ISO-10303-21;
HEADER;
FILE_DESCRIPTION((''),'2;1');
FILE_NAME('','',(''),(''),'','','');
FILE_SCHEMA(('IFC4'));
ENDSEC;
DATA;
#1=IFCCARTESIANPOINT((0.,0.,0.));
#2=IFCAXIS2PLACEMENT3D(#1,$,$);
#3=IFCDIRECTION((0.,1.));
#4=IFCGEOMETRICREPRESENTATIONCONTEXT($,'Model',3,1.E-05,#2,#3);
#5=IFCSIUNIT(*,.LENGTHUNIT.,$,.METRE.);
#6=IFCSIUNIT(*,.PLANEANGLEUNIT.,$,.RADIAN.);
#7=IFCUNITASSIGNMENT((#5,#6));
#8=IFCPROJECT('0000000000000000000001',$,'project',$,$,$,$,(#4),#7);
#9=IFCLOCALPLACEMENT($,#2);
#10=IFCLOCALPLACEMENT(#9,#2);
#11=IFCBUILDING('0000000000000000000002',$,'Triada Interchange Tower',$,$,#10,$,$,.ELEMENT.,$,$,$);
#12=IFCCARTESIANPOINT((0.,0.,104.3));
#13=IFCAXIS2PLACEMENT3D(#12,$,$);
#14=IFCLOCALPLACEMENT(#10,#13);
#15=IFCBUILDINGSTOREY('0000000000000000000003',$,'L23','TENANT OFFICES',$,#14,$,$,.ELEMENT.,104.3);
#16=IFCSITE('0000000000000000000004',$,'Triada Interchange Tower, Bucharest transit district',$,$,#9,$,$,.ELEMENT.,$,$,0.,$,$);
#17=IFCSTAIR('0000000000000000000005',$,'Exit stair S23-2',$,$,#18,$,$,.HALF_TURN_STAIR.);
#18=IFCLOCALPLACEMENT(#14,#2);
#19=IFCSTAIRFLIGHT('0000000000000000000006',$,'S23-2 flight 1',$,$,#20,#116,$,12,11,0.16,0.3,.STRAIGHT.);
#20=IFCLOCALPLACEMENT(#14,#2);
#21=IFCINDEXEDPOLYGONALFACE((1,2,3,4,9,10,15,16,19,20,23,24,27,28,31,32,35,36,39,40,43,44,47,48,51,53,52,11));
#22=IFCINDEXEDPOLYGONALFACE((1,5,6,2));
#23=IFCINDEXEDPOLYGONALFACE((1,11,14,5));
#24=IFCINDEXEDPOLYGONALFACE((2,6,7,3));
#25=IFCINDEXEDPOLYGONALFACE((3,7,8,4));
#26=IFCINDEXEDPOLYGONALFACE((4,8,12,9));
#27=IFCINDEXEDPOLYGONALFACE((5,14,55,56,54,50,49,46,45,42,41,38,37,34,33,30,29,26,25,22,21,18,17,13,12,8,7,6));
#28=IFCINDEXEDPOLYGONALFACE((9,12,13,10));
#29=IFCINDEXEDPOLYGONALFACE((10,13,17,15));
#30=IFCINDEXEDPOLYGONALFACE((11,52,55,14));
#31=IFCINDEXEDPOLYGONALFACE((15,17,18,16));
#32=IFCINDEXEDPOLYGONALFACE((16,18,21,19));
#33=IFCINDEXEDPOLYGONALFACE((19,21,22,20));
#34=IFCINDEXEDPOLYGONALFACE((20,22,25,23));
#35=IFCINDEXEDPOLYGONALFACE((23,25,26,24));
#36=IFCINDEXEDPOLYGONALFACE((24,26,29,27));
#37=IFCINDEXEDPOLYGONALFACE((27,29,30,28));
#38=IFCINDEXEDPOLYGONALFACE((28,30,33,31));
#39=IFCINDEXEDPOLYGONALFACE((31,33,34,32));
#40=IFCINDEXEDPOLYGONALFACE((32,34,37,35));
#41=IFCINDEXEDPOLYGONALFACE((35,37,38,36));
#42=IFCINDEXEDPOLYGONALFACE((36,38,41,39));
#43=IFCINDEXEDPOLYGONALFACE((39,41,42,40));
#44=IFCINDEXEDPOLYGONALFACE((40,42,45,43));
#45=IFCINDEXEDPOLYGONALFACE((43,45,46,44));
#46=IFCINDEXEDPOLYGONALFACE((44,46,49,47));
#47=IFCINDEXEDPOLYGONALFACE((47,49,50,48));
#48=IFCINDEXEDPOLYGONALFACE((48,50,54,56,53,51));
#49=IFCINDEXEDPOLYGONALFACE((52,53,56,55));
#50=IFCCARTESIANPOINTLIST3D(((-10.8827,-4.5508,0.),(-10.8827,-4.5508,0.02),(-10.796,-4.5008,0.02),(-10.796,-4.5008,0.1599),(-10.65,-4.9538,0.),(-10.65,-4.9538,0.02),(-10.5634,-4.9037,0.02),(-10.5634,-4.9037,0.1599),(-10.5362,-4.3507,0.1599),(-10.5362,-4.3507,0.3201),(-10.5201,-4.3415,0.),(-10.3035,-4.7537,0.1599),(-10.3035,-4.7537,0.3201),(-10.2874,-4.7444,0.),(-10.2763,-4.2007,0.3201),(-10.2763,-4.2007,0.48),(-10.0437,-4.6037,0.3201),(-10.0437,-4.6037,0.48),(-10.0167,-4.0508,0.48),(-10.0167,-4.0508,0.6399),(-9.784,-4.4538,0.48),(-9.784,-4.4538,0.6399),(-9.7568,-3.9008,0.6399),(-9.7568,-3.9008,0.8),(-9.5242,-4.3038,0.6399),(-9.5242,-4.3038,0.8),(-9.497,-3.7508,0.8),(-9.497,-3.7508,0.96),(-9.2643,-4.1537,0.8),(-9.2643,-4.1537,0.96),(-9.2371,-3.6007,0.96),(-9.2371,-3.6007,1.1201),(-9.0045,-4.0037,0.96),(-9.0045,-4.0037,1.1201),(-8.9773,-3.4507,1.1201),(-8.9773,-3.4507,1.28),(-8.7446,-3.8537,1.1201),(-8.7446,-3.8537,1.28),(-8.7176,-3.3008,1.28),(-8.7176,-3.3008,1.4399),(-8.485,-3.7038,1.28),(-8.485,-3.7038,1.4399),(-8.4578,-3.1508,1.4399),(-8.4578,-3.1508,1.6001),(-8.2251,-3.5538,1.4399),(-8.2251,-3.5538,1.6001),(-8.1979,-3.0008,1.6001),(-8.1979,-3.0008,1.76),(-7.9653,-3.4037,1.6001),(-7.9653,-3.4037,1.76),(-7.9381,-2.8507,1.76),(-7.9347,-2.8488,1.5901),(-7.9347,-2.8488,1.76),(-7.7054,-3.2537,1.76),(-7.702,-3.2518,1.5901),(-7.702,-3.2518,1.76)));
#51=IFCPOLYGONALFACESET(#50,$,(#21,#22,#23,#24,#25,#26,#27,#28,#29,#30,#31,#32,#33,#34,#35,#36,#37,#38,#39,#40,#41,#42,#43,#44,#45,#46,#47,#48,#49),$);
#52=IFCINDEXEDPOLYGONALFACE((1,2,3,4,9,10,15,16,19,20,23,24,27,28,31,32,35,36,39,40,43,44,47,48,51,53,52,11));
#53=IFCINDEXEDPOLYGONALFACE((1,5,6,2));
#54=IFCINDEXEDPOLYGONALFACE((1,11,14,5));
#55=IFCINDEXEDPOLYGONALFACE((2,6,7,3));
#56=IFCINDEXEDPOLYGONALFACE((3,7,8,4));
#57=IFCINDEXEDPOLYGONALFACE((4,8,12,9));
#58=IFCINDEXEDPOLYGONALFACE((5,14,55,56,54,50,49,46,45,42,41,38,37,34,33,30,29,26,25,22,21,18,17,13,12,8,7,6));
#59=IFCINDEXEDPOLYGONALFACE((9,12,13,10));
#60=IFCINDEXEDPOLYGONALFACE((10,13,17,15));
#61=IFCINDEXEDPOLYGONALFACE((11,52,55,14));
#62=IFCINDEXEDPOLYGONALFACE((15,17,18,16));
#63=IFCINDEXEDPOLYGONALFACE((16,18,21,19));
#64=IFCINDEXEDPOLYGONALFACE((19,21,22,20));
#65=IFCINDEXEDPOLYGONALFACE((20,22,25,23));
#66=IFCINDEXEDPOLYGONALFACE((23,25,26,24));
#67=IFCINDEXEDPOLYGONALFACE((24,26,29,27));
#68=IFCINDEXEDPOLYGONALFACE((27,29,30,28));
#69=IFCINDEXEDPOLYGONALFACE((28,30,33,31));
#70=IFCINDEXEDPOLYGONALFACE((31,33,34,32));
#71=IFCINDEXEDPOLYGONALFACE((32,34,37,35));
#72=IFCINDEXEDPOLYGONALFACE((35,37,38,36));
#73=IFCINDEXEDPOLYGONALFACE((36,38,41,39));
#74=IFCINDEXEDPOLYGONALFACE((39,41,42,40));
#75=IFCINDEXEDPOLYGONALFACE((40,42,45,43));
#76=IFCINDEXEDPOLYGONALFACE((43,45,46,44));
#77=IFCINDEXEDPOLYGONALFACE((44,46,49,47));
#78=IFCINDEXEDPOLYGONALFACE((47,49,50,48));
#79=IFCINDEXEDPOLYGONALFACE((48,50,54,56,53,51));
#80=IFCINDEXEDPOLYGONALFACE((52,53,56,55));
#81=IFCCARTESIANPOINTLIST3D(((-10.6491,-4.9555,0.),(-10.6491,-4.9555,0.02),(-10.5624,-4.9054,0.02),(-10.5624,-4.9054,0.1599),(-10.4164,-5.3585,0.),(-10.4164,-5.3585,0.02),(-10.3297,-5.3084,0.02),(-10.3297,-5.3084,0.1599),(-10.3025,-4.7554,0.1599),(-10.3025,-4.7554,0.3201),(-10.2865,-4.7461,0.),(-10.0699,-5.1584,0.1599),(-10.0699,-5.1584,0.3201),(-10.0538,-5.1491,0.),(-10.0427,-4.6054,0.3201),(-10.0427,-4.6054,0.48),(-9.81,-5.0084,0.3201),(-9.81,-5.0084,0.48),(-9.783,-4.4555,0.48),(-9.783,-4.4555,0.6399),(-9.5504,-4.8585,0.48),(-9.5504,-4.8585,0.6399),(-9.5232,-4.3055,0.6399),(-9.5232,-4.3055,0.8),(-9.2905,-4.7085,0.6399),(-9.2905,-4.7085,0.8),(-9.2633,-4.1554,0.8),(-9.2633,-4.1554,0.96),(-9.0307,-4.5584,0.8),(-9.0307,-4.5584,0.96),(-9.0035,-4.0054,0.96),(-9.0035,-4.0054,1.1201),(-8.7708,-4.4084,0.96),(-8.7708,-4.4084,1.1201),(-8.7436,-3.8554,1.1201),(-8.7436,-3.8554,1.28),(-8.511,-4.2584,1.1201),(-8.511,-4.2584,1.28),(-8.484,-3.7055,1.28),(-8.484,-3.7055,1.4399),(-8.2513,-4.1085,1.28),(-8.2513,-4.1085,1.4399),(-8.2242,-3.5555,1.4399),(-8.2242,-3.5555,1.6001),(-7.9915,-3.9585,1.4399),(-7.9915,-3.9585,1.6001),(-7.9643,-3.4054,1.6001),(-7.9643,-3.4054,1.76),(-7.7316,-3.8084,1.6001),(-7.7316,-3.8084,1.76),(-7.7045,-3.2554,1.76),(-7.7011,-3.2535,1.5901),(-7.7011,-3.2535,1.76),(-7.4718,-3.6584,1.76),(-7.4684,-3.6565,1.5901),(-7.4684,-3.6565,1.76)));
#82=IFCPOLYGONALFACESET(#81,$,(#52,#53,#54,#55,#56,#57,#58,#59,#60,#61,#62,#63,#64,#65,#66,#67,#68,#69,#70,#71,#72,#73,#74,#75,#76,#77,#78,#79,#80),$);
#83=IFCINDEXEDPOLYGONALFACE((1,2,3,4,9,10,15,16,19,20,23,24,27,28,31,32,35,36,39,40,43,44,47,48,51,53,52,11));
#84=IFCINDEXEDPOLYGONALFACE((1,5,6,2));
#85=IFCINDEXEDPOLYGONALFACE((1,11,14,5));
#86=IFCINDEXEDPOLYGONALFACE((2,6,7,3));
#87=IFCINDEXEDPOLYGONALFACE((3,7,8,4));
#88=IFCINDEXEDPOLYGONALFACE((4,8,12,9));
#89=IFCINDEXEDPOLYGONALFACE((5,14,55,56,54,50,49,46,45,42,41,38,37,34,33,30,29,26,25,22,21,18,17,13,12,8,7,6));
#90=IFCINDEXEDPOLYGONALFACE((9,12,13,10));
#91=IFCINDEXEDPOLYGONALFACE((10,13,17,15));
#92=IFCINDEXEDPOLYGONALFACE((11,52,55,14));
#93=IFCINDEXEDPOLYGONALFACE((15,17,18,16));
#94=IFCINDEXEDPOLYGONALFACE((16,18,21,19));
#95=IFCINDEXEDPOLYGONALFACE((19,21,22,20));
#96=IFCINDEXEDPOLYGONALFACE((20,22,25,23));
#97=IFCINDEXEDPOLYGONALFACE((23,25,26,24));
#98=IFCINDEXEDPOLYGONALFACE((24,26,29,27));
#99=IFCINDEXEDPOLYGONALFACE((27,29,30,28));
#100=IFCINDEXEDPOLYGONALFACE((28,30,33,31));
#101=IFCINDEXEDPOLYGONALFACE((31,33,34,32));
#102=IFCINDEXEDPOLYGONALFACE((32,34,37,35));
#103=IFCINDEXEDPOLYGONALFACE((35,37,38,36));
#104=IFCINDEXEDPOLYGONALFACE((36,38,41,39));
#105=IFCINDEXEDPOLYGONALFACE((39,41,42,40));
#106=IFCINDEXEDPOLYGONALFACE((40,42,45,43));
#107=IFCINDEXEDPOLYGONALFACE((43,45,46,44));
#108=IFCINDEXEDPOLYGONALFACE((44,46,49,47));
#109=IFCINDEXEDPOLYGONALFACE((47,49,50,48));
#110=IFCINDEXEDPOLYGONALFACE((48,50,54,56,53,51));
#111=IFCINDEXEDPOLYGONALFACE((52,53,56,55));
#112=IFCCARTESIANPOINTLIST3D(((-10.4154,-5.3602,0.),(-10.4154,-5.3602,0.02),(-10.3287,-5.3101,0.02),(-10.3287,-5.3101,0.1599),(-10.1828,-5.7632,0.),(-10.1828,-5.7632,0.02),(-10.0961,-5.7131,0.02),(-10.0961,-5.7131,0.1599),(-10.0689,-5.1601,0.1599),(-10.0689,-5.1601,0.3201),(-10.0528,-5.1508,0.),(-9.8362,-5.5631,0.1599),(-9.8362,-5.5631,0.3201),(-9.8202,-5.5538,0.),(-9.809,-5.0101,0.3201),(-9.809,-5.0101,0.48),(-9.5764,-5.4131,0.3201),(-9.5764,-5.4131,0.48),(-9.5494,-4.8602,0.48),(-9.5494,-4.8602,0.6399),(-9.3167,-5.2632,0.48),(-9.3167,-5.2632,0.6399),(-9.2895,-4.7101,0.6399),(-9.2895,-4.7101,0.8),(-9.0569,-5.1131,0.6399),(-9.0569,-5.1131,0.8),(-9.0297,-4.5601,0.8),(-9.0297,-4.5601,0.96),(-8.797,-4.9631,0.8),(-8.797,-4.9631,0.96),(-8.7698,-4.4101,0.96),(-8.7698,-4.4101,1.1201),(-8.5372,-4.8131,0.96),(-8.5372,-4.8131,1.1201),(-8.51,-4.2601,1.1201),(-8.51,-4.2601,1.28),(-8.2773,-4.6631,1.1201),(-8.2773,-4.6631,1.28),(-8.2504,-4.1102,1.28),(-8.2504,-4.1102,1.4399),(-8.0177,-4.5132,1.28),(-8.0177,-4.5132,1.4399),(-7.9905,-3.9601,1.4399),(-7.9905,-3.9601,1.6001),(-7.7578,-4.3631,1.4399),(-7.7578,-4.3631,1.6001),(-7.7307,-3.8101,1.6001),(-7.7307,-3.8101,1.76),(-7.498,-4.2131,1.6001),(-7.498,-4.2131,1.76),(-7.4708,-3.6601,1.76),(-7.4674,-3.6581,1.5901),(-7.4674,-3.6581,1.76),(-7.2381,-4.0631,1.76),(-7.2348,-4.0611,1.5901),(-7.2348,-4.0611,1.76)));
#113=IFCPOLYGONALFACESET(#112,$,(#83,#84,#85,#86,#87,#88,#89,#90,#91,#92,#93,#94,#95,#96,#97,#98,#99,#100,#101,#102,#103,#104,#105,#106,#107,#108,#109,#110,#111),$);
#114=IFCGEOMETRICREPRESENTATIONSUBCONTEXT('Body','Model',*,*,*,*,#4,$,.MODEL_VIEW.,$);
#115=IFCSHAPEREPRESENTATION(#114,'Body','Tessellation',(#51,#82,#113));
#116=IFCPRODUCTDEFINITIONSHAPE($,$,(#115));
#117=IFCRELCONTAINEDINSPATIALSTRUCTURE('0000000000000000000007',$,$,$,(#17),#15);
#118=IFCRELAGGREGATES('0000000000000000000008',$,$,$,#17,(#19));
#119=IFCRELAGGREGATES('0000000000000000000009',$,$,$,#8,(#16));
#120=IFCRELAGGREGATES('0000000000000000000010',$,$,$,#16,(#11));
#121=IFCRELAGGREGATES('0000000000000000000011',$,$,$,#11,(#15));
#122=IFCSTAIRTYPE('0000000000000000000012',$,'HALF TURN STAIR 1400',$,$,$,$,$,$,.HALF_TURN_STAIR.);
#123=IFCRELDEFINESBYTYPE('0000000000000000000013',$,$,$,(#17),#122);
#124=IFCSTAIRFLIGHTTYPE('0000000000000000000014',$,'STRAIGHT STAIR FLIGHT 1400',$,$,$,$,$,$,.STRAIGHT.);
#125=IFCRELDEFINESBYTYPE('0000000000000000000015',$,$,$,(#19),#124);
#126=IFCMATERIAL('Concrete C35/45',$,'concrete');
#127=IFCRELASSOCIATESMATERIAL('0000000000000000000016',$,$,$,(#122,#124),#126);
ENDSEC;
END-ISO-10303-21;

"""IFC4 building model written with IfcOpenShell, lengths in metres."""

from ifc_helpers import new_model, si_unit, direction, frame, origin, place, context, subcontext, project, spatial, polyline, outline, extrude, material, type_object, element, aggregate, save


model = new_model("IFC4")

# Units and contexts
model_context = context("Model", 3, precision=1e-05, world=origin(), true_north=direction((0.0, 1.0)))
body_context = subcontext(model_context, "Body", "Model", "MODEL_VIEW")
ifc_project = project(units=[si_unit("LENGTHUNIT", "METRE"), si_unit("PLANEANGLEUNIT", "RADIAN")], contexts=[model_context])

# Site, building, storey
site_placement = place(None, origin())
site = spatial("IfcSite", under=ifc_project, at=site_placement, Name="Triada Interchange Tower, Bucharest transit district", CompositionType="ELEMENT", RefElevation=0.0)
building_placement = place(site_placement, origin())
building = spatial("IfcBuilding", under=site, at=building_placement, Name="Triada Interchange Tower", CompositionType="ELEMENT")
storey_placement = place(building_placement, frame((0.0, 0.0, 104.3)))
storey = spatial("IfcBuildingStorey", under=building, at=storey_placement, Name="L23", Description="TENANT OFFICES", CompositionType="ELEMENT", Elevation=104.3)

# Stair, stair flight
ifc_material_1 = material(Name="Concrete C35/45", Category="concrete")
stair_type = type_object("IfcStairType", Name="HALF TURN STAIR 1400", PredefinedType="HALF_TURN_STAIR", material=ifc_material_1)
stair_placement = place(storey_placement, origin())
stair = element("IfcStair", 1, at=stair_placement, inside=storey, type_object=stair_type, Name="Exit stair S23-2", PredefinedType="HALF_TURN_STAIR")
stair_flight_type = type_object("IfcStairFlightType", Name="STRAIGHT STAIR FLIGHT 1400", PredefinedType="STRAIGHT", material=ifc_material_1)
stair_flight_1_placement = place(storey_placement, frame((-10.446, -5.1069, 0.0), z_axis=(0.0, 0.0, 1.0), x_axis=(0.866025, 0.5, 0.0)))
stair_flight_1 = element("IfcStairFlight", 2, at=stair_flight_1_placement, type_object=stair_flight_type, Name="S23-2 flight 1", NumberOfRisers=12, NumberOfTreads=11, PredefinedType="STRAIGHT", RiserHeight=0.16, TreadLength=0.3, context=body_context, shape_type="SweptSolid", body=[
    extrude(outline(polyline([(-0.1001, 0.0), (-0.1001, 0.02), (0.0, 0.02), (0.0, 0.1599), (0.3, 0.1599), (0.3, 0.3201), (0.6001, 0.3201), (0.6001, 0.48), (0.8999, 0.48), (0.8999, 0.6399), (1.2, 0.6399), (1.2, 0.8), (1.5, 0.8), (1.5, 0.96), (1.8, 0.96), (1.8, 1.1201), (2.1001, 1.1201), (2.1001, 1.28), (2.3999, 1.28), (2.3999, 1.4399), (2.7, 1.4399), (2.7, 1.6001), (3.0, 1.6001), (3.0, 1.76), (3.3, 1.76), (3.304, 1.76), (3.304, 1.9199), (3.304, 1.5901), (0.3186, 0.0), (-0.1001, 0.0)])), frame((0.0, 0.7, 0.0), z_axis=(0.0, -1.0, 0.0), x_axis=(1.0, 0.0, 0.0)), (0.0, 0.0, 1.0), 0.4653),
    extrude(outline(polyline([(-0.1001, 0.0), (-0.1001, 0.02), (0.0, 0.02), (0.0, 0.1599), (0.3, 0.1599), (0.3, 0.3201), (0.6001, 0.3201), (0.6001, 0.48), (0.8999, 0.48), (0.8999, 0.6399), (1.2, 0.6399), (1.2, 0.8), (1.5, 0.8), (1.5, 0.96), (1.8, 0.96), (1.8, 1.1201), (2.1001, 1.1201), (2.1001, 1.28), (2.3999, 1.28), (2.3999, 1.4399), (2.7, 1.4399), (2.7, 1.6001), (3.0, 1.6001), (3.0, 1.76), (3.3, 1.76), (3.304, 1.76), (3.304, 1.9199), (3.304, 1.5901), (0.3186, 0.0), (-0.1001, 0.0)])), frame((0.0, 0.2327, 0.0), z_axis=(0.0, -1.0, 0.0), x_axis=(1.0, 0.0, 0.0)), (0.0, 0.0, 1.0), 0.4653),
    extrude(outline(polyline([(-0.1001, 0.0), (-0.1001, 0.02), (0.0, 0.02), (0.0, 0.1599), (0.3, 0.1599), (0.3, 0.3201), (0.6001, 0.3201), (0.6001, 0.48), (0.8999, 0.48), (0.8999, 0.6399), (1.2, 0.6399), (1.2, 0.8), (1.5, 0.8), (1.5, 0.96), (1.8, 0.96), (1.8, 1.1201), (2.1001, 1.1201), (2.1001, 1.28), (2.3999, 1.28), (2.3999, 1.4399), (2.7, 1.4399), (2.7, 1.6001), (3.0, 1.6001), (3.0, 1.76), (3.3, 1.76), (3.304, 1.76), (3.304, 1.9199), (3.304, 1.5901), (0.3186, 0.0), (-0.1001, 0.0)])), frame((0.0, -0.2346, 0.0), z_axis=(0.0, -1.0, 0.0), x_axis=(1.0, 0.0, 0.0)), (0.0, 0.0, 1.0), 0.4653),
])
aggregate(stair, [stair_flight_1])

save(model, "model.ifc")
